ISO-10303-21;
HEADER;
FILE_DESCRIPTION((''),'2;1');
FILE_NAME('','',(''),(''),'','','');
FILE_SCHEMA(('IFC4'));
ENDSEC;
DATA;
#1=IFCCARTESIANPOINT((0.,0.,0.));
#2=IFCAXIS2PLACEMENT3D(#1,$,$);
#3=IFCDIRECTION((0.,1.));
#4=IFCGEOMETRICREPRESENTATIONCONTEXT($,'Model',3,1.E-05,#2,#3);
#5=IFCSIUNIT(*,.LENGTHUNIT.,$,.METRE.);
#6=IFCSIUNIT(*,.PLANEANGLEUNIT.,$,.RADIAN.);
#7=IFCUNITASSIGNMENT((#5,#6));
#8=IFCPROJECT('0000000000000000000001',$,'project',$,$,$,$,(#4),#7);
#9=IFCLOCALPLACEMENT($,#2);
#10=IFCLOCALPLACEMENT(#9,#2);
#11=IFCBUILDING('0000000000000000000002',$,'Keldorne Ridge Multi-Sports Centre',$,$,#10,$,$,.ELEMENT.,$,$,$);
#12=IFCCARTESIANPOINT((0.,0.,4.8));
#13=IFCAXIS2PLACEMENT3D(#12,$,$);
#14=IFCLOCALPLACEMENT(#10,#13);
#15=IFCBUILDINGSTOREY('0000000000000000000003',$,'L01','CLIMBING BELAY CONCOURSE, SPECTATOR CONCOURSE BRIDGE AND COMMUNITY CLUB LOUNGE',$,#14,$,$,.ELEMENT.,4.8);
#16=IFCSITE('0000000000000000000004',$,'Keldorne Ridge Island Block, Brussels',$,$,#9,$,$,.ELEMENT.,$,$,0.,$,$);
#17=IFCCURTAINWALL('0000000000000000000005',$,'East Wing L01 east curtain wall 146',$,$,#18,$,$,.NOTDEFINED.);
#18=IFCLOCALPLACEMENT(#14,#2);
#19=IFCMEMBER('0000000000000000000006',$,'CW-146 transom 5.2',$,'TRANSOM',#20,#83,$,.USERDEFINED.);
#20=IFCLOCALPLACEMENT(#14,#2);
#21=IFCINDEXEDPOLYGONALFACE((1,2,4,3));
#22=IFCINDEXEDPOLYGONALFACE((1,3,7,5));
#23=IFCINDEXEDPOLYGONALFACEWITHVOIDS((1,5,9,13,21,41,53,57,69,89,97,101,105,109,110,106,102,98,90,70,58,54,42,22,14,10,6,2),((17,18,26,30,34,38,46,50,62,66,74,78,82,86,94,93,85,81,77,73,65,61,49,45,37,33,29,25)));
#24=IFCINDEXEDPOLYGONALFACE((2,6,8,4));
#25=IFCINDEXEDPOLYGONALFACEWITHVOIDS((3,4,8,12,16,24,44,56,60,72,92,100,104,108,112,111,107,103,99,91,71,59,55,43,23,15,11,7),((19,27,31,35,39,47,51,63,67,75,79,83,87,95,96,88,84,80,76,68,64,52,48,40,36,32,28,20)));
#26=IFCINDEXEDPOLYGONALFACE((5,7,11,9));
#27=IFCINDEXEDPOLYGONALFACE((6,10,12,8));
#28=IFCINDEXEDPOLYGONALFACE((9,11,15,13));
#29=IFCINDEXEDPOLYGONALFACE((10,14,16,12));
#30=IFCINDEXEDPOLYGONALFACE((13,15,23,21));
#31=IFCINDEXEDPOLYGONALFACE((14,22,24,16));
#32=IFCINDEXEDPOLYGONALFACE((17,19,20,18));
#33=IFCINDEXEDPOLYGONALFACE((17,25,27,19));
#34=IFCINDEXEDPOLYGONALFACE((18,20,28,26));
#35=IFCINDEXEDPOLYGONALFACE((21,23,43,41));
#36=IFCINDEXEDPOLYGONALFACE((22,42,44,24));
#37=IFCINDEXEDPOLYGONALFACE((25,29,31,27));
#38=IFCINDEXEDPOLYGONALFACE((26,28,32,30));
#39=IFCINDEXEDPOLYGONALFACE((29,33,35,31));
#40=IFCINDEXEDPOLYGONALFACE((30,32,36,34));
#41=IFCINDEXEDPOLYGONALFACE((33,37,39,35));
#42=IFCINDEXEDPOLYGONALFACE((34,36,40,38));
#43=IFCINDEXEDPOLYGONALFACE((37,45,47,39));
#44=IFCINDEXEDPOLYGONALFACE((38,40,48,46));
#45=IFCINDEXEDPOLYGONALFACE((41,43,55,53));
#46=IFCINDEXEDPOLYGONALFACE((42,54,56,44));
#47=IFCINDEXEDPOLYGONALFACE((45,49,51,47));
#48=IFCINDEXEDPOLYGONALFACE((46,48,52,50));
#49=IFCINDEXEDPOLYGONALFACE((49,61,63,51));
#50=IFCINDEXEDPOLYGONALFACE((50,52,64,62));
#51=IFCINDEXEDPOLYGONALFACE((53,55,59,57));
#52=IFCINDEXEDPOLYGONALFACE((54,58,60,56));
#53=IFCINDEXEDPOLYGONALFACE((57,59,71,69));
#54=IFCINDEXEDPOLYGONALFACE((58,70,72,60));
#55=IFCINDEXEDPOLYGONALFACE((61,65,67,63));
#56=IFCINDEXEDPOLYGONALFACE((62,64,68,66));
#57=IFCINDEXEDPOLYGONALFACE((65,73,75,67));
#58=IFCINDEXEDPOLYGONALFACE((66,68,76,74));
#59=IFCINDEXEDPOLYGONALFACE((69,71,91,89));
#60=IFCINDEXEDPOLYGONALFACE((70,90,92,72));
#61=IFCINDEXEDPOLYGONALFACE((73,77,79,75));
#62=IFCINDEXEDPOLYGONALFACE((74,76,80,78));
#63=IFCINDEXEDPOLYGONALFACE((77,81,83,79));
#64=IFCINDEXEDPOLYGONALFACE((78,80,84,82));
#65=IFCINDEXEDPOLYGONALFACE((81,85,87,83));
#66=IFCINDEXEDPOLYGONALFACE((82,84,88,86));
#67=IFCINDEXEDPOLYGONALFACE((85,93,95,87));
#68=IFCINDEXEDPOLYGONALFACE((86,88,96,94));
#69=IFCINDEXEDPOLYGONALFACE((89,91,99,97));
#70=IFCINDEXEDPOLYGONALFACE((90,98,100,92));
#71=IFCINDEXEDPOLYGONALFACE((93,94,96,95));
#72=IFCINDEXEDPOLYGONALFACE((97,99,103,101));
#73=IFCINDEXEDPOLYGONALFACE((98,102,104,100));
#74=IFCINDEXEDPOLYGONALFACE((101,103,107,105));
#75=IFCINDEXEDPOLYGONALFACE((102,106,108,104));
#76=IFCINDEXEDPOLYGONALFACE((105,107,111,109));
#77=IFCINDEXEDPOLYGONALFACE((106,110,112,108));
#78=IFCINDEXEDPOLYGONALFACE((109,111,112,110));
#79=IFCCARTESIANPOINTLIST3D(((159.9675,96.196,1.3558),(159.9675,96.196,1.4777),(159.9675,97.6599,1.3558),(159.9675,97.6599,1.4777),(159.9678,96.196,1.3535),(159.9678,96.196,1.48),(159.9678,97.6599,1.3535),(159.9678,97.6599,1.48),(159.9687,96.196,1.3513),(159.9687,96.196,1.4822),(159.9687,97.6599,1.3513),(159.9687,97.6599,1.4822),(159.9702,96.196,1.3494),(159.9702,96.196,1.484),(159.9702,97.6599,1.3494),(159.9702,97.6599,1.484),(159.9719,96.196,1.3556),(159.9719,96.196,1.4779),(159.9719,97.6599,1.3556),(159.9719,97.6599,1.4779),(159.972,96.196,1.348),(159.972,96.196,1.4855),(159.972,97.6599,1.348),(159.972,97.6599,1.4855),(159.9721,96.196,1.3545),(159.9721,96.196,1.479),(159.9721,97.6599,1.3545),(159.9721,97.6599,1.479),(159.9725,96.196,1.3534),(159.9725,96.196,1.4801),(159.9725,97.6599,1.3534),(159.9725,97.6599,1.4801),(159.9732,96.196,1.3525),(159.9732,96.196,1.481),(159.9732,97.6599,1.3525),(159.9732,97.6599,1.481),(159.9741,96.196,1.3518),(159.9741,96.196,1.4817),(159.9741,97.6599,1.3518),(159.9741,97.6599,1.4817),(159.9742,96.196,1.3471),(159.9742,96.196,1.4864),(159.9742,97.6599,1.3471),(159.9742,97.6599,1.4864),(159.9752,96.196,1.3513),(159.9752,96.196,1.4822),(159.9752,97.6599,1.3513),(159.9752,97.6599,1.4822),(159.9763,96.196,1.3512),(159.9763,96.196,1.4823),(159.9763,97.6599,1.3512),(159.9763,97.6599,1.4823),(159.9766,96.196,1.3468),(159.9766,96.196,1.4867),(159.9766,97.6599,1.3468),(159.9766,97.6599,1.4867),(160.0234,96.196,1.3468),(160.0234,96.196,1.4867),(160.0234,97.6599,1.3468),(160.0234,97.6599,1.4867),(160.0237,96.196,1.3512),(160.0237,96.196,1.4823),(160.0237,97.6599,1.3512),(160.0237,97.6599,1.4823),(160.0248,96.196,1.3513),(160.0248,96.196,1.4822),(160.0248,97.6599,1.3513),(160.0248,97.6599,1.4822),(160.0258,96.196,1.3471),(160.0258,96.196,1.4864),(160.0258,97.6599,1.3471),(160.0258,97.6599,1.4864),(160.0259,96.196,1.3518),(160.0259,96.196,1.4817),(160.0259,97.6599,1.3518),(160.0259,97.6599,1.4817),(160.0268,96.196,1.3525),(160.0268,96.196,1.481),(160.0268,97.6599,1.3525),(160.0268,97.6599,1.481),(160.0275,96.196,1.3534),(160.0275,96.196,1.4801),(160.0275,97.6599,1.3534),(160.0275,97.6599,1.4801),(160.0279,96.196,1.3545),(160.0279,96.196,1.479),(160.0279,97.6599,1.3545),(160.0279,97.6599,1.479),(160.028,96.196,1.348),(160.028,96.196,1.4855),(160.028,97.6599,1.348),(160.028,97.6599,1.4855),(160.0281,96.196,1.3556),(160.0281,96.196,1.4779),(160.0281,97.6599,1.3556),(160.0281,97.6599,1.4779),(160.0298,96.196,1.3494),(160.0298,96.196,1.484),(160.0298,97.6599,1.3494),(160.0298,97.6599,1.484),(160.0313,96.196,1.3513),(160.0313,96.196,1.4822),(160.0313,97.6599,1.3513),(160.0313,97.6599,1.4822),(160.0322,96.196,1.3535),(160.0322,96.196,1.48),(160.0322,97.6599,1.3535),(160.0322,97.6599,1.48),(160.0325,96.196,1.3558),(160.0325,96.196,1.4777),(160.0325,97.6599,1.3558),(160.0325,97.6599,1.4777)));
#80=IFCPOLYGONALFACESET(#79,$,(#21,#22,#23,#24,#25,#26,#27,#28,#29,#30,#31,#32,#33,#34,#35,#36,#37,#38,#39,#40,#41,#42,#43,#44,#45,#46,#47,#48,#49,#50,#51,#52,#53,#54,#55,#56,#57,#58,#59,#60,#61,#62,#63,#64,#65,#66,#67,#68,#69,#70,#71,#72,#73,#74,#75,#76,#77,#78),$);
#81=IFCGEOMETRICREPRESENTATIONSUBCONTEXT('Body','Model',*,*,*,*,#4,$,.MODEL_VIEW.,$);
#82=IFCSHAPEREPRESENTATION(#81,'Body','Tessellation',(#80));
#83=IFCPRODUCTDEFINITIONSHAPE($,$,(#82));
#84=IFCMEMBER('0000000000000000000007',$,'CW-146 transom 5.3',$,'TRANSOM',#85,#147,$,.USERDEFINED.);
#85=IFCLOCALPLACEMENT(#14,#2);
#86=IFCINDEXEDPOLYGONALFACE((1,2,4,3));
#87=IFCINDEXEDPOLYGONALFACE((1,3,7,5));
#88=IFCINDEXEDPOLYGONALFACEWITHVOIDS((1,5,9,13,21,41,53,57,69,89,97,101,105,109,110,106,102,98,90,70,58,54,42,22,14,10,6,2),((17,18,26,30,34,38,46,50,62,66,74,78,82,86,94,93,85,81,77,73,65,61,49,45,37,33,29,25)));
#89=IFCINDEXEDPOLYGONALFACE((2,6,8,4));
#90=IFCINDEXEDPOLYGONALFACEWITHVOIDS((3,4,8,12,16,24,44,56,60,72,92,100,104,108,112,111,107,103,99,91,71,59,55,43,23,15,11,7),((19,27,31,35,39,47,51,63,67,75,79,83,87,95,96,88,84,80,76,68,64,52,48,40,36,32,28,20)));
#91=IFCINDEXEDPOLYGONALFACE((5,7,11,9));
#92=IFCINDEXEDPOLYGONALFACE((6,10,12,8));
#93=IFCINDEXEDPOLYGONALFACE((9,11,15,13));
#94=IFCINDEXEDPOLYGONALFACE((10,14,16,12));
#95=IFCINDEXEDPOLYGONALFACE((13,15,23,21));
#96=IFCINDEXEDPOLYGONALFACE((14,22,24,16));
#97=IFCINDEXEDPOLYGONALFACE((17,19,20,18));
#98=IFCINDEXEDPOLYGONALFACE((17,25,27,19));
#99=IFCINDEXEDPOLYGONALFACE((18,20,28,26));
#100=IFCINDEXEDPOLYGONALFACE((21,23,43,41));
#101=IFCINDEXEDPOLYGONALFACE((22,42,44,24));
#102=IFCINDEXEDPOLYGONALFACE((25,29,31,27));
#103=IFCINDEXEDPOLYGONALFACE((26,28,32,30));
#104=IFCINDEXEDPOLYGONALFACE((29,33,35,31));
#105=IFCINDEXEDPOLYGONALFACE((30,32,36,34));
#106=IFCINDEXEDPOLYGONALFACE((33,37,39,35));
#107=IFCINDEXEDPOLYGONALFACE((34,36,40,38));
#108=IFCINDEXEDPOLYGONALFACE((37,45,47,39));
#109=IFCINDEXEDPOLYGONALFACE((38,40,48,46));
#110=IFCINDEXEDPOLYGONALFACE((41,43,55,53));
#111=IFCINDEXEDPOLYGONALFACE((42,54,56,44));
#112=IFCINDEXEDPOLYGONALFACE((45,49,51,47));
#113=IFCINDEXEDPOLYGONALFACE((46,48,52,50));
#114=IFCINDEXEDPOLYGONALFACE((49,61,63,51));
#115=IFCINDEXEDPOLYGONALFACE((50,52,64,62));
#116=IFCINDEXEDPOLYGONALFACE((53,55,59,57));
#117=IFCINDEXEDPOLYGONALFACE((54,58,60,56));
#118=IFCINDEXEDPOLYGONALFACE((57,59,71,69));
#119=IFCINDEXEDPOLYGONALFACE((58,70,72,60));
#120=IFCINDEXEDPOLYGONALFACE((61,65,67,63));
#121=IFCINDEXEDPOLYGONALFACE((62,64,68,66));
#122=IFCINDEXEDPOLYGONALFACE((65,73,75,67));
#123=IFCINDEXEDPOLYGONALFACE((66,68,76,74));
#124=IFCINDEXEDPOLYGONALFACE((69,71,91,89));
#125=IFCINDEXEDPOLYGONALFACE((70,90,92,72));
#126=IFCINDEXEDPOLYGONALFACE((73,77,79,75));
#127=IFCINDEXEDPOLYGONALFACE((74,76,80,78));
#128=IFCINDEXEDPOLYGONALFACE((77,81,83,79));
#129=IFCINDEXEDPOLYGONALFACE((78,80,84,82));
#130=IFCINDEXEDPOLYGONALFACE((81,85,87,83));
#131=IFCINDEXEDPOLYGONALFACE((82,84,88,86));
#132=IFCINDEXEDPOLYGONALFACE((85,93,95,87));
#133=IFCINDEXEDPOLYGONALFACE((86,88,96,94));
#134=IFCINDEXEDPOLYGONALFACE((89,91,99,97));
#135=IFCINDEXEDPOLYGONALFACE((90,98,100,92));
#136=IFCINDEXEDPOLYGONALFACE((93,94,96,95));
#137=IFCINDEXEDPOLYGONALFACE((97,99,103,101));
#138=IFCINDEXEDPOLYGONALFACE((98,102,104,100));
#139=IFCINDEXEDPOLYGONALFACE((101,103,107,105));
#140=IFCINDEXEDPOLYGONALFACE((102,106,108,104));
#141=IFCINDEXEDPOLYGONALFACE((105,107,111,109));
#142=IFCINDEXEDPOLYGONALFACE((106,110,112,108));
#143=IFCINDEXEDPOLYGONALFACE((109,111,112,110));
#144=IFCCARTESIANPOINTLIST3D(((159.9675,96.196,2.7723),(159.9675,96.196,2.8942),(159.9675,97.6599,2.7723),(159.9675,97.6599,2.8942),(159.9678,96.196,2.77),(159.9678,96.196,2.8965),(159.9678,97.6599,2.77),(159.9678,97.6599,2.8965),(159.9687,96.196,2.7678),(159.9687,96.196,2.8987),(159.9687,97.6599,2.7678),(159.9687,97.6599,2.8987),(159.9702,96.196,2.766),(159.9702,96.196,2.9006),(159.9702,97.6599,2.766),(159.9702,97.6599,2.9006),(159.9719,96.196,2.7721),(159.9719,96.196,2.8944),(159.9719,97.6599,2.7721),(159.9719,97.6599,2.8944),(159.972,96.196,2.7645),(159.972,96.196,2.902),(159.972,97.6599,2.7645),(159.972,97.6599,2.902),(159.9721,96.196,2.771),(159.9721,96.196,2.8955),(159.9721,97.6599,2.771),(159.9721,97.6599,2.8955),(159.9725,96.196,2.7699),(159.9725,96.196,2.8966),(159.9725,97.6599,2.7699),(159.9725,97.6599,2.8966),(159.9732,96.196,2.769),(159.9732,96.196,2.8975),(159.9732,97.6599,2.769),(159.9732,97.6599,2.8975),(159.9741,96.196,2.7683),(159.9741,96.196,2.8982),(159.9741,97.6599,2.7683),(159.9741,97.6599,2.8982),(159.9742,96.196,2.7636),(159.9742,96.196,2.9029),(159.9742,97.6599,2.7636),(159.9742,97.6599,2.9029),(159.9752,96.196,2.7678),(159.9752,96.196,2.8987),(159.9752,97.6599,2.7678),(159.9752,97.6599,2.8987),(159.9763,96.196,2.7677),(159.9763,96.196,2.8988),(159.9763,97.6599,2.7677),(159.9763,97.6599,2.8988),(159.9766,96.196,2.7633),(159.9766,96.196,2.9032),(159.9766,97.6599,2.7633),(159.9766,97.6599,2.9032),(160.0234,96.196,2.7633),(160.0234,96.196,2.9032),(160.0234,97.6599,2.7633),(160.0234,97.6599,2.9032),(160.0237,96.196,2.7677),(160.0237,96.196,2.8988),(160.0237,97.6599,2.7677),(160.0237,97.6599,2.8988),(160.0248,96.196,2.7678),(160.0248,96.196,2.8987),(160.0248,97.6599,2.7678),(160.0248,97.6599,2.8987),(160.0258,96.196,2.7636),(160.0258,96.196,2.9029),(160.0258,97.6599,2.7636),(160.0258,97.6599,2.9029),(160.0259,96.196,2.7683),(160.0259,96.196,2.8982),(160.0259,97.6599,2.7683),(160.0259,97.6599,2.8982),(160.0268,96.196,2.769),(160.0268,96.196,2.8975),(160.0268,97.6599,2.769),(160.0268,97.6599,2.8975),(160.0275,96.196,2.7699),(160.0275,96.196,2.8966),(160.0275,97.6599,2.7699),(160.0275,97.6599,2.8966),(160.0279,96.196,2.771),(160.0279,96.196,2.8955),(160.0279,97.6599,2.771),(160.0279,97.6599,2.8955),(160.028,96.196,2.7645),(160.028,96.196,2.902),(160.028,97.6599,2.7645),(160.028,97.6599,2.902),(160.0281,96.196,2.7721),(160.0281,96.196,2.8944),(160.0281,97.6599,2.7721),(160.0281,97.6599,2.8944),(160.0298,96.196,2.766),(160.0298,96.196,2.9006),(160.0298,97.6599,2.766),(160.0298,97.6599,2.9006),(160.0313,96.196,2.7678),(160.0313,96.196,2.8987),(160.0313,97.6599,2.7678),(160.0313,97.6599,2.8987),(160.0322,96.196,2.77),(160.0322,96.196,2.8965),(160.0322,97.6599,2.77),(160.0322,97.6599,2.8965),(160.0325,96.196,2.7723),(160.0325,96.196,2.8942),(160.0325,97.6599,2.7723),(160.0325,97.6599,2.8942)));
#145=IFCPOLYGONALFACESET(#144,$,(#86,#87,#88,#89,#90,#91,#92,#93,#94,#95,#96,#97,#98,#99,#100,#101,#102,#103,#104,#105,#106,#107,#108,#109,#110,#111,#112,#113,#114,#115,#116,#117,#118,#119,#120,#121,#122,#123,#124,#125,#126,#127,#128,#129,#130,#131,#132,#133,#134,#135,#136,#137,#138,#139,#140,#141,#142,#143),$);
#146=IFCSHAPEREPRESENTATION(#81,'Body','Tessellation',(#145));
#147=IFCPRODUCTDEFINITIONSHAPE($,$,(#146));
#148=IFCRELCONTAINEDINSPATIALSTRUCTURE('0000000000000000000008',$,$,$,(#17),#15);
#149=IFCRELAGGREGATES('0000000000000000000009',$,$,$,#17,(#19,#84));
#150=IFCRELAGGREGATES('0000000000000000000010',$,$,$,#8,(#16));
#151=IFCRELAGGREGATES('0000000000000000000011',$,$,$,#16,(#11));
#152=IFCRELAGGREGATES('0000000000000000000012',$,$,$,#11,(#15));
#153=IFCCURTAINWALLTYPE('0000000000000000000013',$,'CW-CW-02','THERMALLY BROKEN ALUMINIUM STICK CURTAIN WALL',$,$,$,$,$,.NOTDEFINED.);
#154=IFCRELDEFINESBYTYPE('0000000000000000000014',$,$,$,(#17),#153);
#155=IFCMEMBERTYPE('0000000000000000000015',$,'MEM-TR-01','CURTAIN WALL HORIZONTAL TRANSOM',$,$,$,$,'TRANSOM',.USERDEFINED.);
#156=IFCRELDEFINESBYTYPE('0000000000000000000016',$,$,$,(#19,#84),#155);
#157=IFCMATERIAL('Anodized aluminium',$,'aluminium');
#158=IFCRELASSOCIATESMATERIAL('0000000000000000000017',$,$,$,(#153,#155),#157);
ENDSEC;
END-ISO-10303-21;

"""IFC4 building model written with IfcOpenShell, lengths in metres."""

from ifc_helpers import new_model, si_unit, direction, frame, origin, origin_2d, place, context, subcontext, project, spatial, hollow_rectangle, extrude, material, material_profile, profile_set, type_object, element, aggregate, save


model = new_model("IFC4")

# Units and contexts
model_context = context("Model", 3, precision=1e-05, world=origin(), true_north=direction((0.0, 1.0)))
body_context = subcontext(model_context, "Body", "Model", "MODEL_VIEW")
ifc_project = project(units=[si_unit("LENGTHUNIT", "METRE"), si_unit("PLANEANGLEUNIT", "RADIAN")], contexts=[model_context])

# Site, building, storey
site_placement = place(None, origin())
site = spatial("IfcSite", under=ifc_project, at=site_placement, Name="Keldorne Ridge Island Block, Brussels", CompositionType="ELEMENT", RefElevation=0.0)
building_placement = place(site_placement, origin())
building = spatial("IfcBuilding", under=site, at=building_placement, Name="Keldorne Ridge Multi-Sports Centre", CompositionType="ELEMENT")
storey_placement = place(building_placement, frame((0.0, 0.0, 4.8)))
storey = spatial("IfcBuildingStorey", under=building, at=storey_placement, Name="L01", Description="CLIMBING BELAY CONCOURSE, SPECTATOR CONCOURSE BRIDGE AND COMMUNITY CLUB LOUNGE", CompositionType="ELEMENT", Elevation=4.8)

# Curtain wall, members
ifc_material_1 = material(Name="Anodized aluminium", Category="aluminium")
curtain_wall_type = type_object("IfcCurtainWallType", Name="CW-CW-02", Description="THERMALLY BROKEN ALUMINIUM STICK CURTAIN WALL", PredefinedType="NOTDEFINED", material=ifc_material_1)
curtain_wall_placement = place(storey_placement, origin())
curtain_wall = element("IfcCurtainWall", 1, at=curtain_wall_placement, inside=storey, type_object=curtain_wall_type, Name="East Wing L01 east curtain wall 146", PredefinedType="NOTDEFINED")
ifc_material_profile_1 = material_profile(ifc_material_1, hollow_rectangle(XDim=0.0649, YDim=0.1399, WallThickness=0.0044, InnerFilletRadius=0.0044, OuterFilletRadius=0.009, at=origin_2d()), Name="ALU TRANSOM 140x65x4.5")
ifc_profile_set_1 = profile_set([ifc_material_profile_1], Name="Anodized aluminium")
member_type_1 = type_object("IfcMemberType", Name="MEM-TR-01", Description="CURTAIN WALL HORIZONTAL TRANSOM", ElementType="TRANSOM", PredefinedType="USERDEFINED", material=ifc_profile_set_1)
member_1_placement = place(storey_placement, frame((160.0, 96.196, 1.4167), z_axis=(0.0, 1.0, 0.0), x_axis=(-1.0, 0.0, 0.0)))
member_1 = element("IfcMember", 2, at=member_1_placement, type_object=member_type_1, Name="CW-146 transom 5.2", ObjectType="TRANSOM", PredefinedType="USERDEFINED", context=body_context, shape_type="SweptSolid", body=[
    extrude(hollow_rectangle(XDim=0.0649, YDim=0.1399, WallThickness=0.0044, InnerFilletRadius=0.0044, OuterFilletRadius=0.009, at=origin_2d()), origin(), (0.0, 0.0, 1.0), 1.4639),
])
member_2_placement = place(storey_placement, frame((160.0, 96.196, 2.8333), z_axis=(0.0, 1.0, 0.0), x_axis=(-1.0, 0.0, 0.0)))
member_2 = element("IfcMember", 3, at=member_2_placement, type_object=member_type_1, Name="CW-146 transom 5.3", ObjectType="TRANSOM", PredefinedType="USERDEFINED", context=body_context, shape_type="SweptSolid", body=[
    extrude(hollow_rectangle(XDim=0.0649, YDim=0.1399, WallThickness=0.0044, InnerFilletRadius=0.0044, OuterFilletRadius=0.009, at=origin_2d()), origin(), (0.0, 0.0, 1.0), 1.4639),
])
aggregate(curtain_wall, [member_1, member_2])

save(model, "model.ifc")
